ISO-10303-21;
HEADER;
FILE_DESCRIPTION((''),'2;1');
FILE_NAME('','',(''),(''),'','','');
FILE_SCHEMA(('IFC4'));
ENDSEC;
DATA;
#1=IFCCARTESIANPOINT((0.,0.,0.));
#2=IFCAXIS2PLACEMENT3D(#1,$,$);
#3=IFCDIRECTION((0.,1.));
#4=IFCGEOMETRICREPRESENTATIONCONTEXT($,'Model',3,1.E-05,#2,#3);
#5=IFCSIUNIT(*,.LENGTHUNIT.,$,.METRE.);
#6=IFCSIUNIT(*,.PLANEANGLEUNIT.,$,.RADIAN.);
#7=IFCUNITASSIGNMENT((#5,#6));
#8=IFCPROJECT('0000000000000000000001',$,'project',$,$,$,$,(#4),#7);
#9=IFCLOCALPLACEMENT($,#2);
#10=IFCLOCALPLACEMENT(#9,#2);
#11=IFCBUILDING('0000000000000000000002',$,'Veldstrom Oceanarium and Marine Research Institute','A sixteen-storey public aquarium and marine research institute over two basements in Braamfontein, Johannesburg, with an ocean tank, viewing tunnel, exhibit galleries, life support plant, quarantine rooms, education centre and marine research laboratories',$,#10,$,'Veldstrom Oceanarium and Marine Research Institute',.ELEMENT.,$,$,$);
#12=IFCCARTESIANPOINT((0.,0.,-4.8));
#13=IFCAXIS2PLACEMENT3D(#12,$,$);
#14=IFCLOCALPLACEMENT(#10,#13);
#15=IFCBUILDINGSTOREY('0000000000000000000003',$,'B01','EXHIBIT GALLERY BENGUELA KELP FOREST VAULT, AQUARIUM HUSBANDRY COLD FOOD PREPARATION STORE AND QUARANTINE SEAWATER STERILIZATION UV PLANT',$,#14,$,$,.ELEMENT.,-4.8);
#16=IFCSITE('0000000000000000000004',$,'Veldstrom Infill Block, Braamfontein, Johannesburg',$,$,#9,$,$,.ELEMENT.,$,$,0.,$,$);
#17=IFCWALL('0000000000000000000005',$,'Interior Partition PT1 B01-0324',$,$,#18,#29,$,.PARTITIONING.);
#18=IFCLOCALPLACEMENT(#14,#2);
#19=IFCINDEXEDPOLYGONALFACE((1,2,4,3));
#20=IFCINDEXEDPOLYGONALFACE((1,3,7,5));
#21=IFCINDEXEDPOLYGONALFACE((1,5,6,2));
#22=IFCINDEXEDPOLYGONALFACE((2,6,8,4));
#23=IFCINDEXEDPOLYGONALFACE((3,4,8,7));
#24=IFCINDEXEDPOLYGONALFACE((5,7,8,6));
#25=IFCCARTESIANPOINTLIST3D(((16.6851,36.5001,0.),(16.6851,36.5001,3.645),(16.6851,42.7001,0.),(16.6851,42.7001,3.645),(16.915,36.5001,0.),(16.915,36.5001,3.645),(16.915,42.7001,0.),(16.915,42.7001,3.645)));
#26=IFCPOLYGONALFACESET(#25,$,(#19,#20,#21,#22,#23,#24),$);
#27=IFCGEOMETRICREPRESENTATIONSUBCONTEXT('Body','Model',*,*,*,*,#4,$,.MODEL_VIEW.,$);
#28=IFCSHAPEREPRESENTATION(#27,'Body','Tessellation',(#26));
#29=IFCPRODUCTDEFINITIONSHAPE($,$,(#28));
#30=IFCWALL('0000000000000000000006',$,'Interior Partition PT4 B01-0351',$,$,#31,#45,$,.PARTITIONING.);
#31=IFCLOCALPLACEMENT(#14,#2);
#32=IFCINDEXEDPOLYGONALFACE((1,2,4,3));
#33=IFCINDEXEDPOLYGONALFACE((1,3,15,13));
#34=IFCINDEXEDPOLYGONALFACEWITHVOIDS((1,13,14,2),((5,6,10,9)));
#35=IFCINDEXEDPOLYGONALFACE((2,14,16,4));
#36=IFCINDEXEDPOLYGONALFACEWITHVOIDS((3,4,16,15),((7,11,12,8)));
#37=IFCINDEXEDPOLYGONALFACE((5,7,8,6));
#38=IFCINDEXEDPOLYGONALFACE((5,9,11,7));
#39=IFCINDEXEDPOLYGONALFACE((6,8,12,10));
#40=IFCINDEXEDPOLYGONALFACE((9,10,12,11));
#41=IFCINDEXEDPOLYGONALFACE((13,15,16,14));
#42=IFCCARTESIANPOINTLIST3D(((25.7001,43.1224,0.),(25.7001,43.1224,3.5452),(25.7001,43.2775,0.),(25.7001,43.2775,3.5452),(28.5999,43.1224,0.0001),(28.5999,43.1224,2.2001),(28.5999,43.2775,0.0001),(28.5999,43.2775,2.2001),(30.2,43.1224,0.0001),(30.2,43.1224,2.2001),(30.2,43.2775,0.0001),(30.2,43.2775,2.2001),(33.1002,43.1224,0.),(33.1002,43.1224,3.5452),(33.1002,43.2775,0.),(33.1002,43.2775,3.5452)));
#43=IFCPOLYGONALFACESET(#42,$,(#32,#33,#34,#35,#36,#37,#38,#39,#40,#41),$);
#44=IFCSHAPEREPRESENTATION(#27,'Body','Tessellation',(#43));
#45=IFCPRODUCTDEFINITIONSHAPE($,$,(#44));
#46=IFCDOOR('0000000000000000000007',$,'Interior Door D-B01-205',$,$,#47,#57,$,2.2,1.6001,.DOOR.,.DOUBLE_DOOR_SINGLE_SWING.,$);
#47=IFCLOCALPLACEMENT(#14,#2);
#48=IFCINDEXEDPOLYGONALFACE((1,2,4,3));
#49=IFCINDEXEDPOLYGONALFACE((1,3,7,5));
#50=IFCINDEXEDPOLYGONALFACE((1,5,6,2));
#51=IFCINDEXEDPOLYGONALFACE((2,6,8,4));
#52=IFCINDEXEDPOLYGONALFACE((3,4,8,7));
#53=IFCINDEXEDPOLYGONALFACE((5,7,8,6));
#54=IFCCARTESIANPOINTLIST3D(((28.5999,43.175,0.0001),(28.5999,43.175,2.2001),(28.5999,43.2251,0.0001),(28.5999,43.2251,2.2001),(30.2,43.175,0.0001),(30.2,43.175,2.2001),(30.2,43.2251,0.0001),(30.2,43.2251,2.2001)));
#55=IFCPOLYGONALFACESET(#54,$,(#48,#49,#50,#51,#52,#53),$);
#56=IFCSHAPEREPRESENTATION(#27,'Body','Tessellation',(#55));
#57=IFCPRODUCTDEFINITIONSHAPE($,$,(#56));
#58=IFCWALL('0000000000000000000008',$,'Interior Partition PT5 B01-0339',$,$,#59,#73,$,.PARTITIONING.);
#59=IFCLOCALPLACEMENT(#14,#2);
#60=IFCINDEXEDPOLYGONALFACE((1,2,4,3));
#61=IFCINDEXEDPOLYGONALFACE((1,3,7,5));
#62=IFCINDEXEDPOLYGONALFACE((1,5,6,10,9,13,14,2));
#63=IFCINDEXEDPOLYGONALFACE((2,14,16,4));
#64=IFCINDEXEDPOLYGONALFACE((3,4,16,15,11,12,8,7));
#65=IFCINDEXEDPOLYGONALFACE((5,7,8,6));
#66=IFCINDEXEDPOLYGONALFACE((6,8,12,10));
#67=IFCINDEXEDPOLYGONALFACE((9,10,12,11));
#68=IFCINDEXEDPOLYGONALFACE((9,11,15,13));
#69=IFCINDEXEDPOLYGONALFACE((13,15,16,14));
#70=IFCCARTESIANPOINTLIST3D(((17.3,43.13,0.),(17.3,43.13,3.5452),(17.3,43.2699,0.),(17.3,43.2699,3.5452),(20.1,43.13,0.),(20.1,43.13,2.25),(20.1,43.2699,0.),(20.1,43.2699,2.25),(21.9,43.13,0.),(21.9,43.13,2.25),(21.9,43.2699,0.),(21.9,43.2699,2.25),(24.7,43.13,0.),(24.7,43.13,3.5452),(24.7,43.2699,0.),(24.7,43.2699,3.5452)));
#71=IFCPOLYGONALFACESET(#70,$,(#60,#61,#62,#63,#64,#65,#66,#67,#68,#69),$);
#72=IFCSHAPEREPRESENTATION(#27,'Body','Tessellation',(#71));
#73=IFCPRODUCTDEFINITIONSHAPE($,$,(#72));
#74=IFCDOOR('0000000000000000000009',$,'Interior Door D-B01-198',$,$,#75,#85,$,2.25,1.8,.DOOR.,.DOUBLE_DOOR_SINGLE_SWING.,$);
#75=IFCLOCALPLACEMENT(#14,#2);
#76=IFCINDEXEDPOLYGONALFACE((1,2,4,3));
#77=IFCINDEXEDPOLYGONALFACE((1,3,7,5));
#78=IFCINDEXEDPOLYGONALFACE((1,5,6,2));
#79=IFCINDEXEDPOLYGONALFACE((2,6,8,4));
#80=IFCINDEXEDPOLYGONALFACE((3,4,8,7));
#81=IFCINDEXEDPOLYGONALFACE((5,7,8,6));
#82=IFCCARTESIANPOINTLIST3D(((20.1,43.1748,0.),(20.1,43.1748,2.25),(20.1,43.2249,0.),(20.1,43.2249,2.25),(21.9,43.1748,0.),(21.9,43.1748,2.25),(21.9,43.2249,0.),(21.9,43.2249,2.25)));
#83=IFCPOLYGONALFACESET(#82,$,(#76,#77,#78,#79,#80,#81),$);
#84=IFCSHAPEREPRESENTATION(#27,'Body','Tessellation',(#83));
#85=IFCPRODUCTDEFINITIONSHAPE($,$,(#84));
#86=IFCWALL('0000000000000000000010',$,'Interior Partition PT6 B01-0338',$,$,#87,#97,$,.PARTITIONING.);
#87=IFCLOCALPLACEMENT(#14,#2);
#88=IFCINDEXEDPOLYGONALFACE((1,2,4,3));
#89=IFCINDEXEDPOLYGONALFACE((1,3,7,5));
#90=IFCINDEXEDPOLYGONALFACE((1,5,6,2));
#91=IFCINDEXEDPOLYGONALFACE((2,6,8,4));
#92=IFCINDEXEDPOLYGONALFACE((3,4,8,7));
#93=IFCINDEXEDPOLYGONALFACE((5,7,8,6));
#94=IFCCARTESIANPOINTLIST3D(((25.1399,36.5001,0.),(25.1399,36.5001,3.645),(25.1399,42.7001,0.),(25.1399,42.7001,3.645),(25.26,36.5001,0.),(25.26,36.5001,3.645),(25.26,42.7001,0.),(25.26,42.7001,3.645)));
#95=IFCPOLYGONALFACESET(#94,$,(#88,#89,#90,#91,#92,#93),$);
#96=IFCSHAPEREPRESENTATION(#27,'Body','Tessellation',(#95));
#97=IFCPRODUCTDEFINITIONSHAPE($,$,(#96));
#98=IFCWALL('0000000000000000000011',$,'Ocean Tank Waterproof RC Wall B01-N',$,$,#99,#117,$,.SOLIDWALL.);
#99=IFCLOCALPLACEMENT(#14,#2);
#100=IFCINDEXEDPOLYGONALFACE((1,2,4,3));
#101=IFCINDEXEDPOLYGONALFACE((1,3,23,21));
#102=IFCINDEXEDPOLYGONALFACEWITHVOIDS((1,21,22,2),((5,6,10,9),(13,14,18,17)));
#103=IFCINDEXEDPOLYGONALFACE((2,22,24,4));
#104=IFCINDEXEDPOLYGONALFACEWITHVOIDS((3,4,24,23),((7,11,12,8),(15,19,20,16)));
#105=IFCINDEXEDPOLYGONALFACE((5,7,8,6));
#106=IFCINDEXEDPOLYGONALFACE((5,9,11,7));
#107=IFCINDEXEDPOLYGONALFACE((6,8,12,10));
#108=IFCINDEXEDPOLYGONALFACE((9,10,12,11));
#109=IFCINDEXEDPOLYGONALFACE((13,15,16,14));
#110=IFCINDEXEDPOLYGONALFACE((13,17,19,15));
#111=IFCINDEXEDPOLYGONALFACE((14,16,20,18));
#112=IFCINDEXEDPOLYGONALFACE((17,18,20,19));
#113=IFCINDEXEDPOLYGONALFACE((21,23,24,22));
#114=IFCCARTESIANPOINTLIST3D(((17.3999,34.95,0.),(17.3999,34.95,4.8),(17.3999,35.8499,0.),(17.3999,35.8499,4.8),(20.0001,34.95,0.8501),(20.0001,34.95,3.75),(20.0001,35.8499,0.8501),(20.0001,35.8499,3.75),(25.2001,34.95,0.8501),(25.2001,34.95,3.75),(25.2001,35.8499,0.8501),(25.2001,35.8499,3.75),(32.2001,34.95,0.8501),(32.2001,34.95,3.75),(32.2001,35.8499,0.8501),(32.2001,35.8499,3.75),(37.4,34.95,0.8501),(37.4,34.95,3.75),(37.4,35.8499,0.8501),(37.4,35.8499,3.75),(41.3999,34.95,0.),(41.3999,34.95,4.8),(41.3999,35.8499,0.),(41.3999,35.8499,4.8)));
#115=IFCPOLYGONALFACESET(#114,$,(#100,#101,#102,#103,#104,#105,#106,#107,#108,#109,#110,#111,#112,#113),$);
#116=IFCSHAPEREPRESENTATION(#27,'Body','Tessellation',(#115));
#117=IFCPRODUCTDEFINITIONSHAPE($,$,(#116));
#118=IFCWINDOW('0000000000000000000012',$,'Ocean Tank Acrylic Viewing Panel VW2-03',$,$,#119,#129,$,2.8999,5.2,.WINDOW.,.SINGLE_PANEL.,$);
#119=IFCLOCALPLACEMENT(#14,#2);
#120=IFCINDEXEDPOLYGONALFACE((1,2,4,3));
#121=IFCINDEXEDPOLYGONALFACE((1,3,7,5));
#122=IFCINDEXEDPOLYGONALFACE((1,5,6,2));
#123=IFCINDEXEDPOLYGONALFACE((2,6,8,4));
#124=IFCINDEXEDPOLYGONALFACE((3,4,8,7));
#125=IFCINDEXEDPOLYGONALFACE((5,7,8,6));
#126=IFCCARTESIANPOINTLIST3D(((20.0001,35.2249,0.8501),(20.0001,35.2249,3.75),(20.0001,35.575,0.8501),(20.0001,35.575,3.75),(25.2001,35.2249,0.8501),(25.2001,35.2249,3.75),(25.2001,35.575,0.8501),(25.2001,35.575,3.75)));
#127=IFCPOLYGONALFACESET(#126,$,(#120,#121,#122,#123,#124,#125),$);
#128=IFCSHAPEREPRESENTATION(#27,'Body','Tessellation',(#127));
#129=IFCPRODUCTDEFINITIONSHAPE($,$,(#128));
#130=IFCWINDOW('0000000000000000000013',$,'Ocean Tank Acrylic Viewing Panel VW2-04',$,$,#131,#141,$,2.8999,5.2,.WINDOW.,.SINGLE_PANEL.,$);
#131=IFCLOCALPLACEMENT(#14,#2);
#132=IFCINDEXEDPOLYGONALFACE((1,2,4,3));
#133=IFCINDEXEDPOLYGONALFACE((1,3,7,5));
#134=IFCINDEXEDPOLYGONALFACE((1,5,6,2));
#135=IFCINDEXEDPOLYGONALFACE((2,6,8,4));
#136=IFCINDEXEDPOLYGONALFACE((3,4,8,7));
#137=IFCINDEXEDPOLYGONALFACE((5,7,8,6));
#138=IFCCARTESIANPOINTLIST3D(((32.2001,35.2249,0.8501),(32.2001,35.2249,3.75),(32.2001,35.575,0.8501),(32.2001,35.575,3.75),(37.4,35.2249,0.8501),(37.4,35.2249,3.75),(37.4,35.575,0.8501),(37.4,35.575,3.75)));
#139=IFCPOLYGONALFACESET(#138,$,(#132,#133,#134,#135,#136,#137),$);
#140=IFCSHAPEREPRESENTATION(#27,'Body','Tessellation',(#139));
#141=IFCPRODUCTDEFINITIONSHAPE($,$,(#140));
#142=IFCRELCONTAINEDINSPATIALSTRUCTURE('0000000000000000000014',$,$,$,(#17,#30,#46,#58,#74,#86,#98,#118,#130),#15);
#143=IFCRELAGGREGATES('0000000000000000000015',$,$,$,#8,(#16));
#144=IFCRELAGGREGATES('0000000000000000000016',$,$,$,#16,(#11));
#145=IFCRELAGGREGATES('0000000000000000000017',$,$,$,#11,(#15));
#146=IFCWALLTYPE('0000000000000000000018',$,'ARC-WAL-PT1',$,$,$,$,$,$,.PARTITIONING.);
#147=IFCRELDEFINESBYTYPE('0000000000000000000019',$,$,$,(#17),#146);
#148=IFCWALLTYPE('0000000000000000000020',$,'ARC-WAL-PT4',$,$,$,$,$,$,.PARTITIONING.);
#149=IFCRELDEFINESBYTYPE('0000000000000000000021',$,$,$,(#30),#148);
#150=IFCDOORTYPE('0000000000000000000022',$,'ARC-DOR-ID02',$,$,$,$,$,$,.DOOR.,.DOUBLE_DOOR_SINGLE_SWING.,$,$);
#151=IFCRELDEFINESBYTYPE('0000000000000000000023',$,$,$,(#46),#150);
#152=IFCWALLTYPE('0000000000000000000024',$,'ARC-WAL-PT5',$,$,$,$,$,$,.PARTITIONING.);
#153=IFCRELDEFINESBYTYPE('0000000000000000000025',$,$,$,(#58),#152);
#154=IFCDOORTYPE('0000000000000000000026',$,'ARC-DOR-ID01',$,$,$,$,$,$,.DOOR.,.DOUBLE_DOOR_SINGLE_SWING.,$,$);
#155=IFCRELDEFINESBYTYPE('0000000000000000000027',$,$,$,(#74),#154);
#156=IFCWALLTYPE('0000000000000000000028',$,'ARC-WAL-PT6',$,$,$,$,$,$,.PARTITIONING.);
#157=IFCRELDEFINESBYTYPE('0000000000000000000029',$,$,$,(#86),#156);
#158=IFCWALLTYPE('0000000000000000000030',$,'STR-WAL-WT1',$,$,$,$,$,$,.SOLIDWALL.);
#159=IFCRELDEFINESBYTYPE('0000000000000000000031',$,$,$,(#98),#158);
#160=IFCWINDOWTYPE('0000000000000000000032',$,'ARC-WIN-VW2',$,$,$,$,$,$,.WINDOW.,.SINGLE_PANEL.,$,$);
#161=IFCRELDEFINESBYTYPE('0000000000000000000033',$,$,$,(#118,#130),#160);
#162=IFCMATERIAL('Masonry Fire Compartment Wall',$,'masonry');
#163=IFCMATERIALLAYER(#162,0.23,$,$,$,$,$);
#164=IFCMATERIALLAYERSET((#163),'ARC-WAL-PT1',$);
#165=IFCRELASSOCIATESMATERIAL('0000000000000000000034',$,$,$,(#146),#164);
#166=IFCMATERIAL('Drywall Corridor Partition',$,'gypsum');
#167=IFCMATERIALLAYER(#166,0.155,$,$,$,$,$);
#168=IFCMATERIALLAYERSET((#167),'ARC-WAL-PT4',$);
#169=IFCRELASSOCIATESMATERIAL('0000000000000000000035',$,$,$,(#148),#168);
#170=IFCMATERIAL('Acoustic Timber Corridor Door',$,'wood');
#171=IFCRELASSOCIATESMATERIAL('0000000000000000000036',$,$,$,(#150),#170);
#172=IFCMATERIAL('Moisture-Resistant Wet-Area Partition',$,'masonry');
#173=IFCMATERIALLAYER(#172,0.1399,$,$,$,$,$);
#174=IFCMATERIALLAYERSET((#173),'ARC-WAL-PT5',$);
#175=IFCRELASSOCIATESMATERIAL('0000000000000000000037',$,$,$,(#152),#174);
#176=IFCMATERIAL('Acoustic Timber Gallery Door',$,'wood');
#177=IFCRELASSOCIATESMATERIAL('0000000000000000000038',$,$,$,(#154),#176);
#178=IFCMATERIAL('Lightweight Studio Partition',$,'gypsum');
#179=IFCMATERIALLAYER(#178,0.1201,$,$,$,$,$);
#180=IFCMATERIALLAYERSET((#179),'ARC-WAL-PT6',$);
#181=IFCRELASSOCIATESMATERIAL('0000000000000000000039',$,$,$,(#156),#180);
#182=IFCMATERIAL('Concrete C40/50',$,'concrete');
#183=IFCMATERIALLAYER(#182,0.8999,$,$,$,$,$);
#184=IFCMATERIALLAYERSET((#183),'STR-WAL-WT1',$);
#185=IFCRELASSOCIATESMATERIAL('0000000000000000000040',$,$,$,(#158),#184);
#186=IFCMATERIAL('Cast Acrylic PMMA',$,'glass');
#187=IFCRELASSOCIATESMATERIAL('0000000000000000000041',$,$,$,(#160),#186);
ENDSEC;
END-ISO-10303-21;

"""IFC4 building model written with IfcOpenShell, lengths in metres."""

from ifc_helpers import new_model, si_unit, direction, frame, frame_2d, origin, place, context, subcontext, project, spatial, rectangle, extrude, material, layer, layer_set, type_object, element, fill, save


model = new_model("IFC4")

# Units and contexts
model_context = context("Model", 3, precision=1e-05, world=origin(), true_north=direction((0.0, 1.0)))
body_context = subcontext(model_context, "Body", "Model", "MODEL_VIEW")
ifc_project = project(units=[si_unit("LENGTHUNIT", "METRE"), si_unit("PLANEANGLEUNIT", "RADIAN")], contexts=[model_context])

# Site, building, storey
site_placement = place(None, origin())
site = spatial("IfcSite", under=ifc_project, at=site_placement, Name="Veldstrom Infill Block, Braamfontein, Johannesburg", CompositionType="ELEMENT", RefElevation=0.0)
building_placement = place(site_placement, origin())
building = spatial("IfcBuilding", under=site, at=building_placement, Name="Veldstrom Oceanarium and Marine Research Institute", Description="A sixteen-storey public aquarium and marine research institute over two basements in Braamfontein, Johannesburg, with an ocean tank, viewing tunnel, exhibit galleries, life support plant, quarantine rooms, education centre and marine research laboratories", LongName="Veldstrom Oceanarium and Marine Research Institute", CompositionType="ELEMENT")
storey_placement = place(building_placement, frame((0.0, 0.0, -4.8)))
storey = spatial("IfcBuildingStorey", under=building, at=storey_placement, Name="B01", Description="EXHIBIT GALLERY BENGUELA KELP FOREST VAULT, AQUARIUM HUSBANDRY COLD FOOD PREPARATION STORE AND QUARANTINE SEAWATER STERILIZATION UV PLANT", CompositionType="ELEMENT", Elevation=-4.8)

# Wall
ifc_material_1 = material(Name="Masonry Fire Compartment Wall", Category="masonry")
ifc_layer_1 = layer(ifc_material_1, 0.23)
ifc_layer_set_1 = layer_set([ifc_layer_1], Name="ARC-WAL-PT1")
wall_type_1 = type_object("IfcWallType", Name="ARC-WAL-PT1", PredefinedType="PARTITIONING", material=ifc_layer_set_1)
wall_1_placement = place(storey_placement, frame((16.8, 36.5, 0.0), z_axis=(0.0, 0.0, 1.0), x_axis=(0.0, 1.0, 0.0)))
element("IfcWall", 1, at=wall_1_placement, inside=storey, type_object=wall_type_1, Name="Interior Partition PT1 B01-0324", PredefinedType="PARTITIONING", context=body_context, shape_type="SweptSolid", body=[
    extrude(rectangle(XDim=6.2, YDim=0.23, at=frame_2d((3.1001, 0.0))), origin(), (0.0, 0.0, 1.0), 3.645),
])

# Walls, openings, doors
ifc_material_2 = material(Name="Drywall Corridor Partition", Category="gypsum")
ifc_layer_2 = layer(ifc_material_2, 0.155)
ifc_layer_set_2 = layer_set([ifc_layer_2], Name="ARC-WAL-PT4")
wall_type_2 = type_object("IfcWallType", Name="ARC-WAL-PT4", PredefinedType="PARTITIONING", material=ifc_layer_set_2)
wall_2_placement = place(storey_placement, frame((25.7, 43.2, 0.0), z_axis=(0.0, 0.0, 1.0), x_axis=(1.0, 0.0, 0.0)))
wall_2 = element("IfcWall", 2, at=wall_2_placement, inside=storey, type_object=wall_type_2, Name="Interior Partition PT4 B01-0351", PredefinedType="PARTITIONING", context=body_context, shape_type="SweptSolid", body=[
    extrude(rectangle(XDim=7.4001, YDim=0.155, at=frame_2d((3.7002, 0.0))), origin(), (0.0, 0.0, 1.0), 3.5452),
])
opening_1_placement = place(wall_2_placement, frame((2.8999, 0.0, 0.0)))
opening_1 = element("IfcOpeningElement", 3, at=opening_1_placement, cuts=wall_2, PredefinedType="OPENING", context=body_context, shape_type="SweptSolid", body=[
    extrude(rectangle(XDim=1.6001, YDim=2.2, at=frame_2d((0.8, 1.1001))), frame((0.0, 0.0874, 0.0), z_axis=(0.0, -1.0, 0.0), x_axis=(1.0, 0.0, 0.0)), (0.0, 0.0, 1.0), 0.175),
])
ifc_material_3 = material(Name="Acoustic Timber Corridor Door", Category="wood")
door_type_1 = type_object("IfcDoorType", Name="ARC-DOR-ID02", OperationType="DOUBLE_DOOR_SINGLE_SWING", PredefinedType="DOOR", material=ifc_material_3)
door_1_placement = place(opening_1_placement, frame((1.6001, 0.0, 0.0), z_axis=(0.0, 0.0, 1.0), x_axis=(-1.0, 0.0, 0.0)))
door_1 = element("IfcDoor", 4, at=door_1_placement, inside=storey, type_object=door_type_1, Name="Interior Door D-B01-205", OperationType="DOUBLE_DOOR_SINGLE_SWING", OverallHeight=2.2, OverallWidth=1.6001, PredefinedType="DOOR", context=body_context, shape_type="SweptSolid", body=[
    extrude(rectangle(XDim=1.6001, YDim=2.2, at=frame_2d((0.8, 1.1001))), frame((0.0, 0.0249, 0.0), z_axis=(0.0, -1.0, 0.0), x_axis=(1.0, 0.0, 0.0)), (0.0, 0.0, 1.0), 0.05),
])
fill(opening_1, door_1)
ifc_material_4 = material(Name="Moisture-Resistant Wet-Area Partition", Category="masonry")
ifc_layer_3 = layer(ifc_material_4, 0.1399)
ifc_layer_set_3 = layer_set([ifc_layer_3], Name="ARC-WAL-PT5")
wall_type_3 = type_object("IfcWallType", Name="ARC-WAL-PT5", PredefinedType="PARTITIONING", material=ifc_layer_set_3)
wall_3_placement = place(storey_placement, frame((17.3, 43.2, 0.0), z_axis=(0.0, 0.0, 1.0), x_axis=(1.0, 0.0, 0.0)))
wall_3 = element("IfcWall", 5, at=wall_3_placement, inside=storey, type_object=wall_type_3, Name="Interior Partition PT5 B01-0339", PredefinedType="PARTITIONING", context=body_context, shape_type="SweptSolid", body=[
    extrude(rectangle(XDim=7.3999, YDim=0.1399, at=frame_2d((3.7, 0.0))), origin(), (0.0, 0.0, 1.0), 3.5452),
])
opening_2_placement = place(wall_3_placement, frame((2.8, 0.0, 0.0)))
opening_2 = element("IfcOpeningElement", 6, at=opening_2_placement, cuts=wall_3, PredefinedType="OPENING", context=body_context, shape_type="SweptSolid", body=[
    extrude(rectangle(XDim=1.8, YDim=2.25, at=frame_2d((0.8999, 1.125))), frame((0.0, 0.0798, 0.0), z_axis=(0.0, -1.0, 0.0), x_axis=(1.0, 0.0, 0.0)), (0.0, 0.0, 1.0), 0.1599),
])
ifc_material_5 = material(Name="Acoustic Timber Gallery Door", Category="wood")
door_type_2 = type_object("IfcDoorType", Name="ARC-DOR-ID01", OperationType="DOUBLE_DOOR_SINGLE_SWING", PredefinedType="DOOR", material=ifc_material_5)
door_2_placement = place(opening_2_placement, origin())
door_2 = element("IfcDoor", 7, at=door_2_placement, inside=storey, type_object=door_type_2, Name="Interior Door D-B01-198", OperationType="DOUBLE_DOOR_SINGLE_SWING", OverallHeight=2.25, OverallWidth=1.8, PredefinedType="DOOR", context=body_context, shape_type="SweptSolid", body=[
    extrude(rectangle(XDim=1.8, YDim=2.25, at=frame_2d((0.8999, 1.125))), frame((0.0, 0.0249, 0.0), z_axis=(0.0, -1.0, 0.0), x_axis=(1.0, 0.0, 0.0)), (0.0, 0.0, 1.0), 0.05),
])
fill(opening_2, door_2)

# Wall
ifc_material_6 = material(Name="Lightweight Studio Partition", Category="gypsum")
ifc_layer_4 = layer(ifc_material_6, 0.1201)
ifc_layer_set_4 = layer_set([ifc_layer_4], Name="ARC-WAL-PT6")
wall_type_4 = type_object("IfcWallType", Name="ARC-WAL-PT6", PredefinedType="PARTITIONING", material=ifc_layer_set_4)
wall_4_placement = place(storey_placement, frame((25.2, 36.5, 0.0), z_axis=(0.0, 0.0, 1.0), x_axis=(0.0, 1.0, 0.0)))
element("IfcWall", 8, at=wall_4_placement, inside=storey, type_object=wall_type_4, Name="Interior Partition PT6 B01-0338", PredefinedType="PARTITIONING", context=body_context, shape_type="SweptSolid", body=[
    extrude(rectangle(XDim=6.2, YDim=0.1201, at=frame_2d((3.1001, 0.0))), origin(), (0.0, 0.0, 1.0), 3.645),
])

# Wall, openings, windows
ifc_material_7 = material(Name="Concrete C40/50", Category="concrete")
ifc_layer_5 = layer(ifc_material_7, 0.8999)
ifc_layer_set_5 = layer_set([ifc_layer_5], Name="STR-WAL-WT1")
wall_type_5 = type_object("IfcWallType", Name="STR-WAL-WT1", PredefinedType="SOLIDWALL", material=ifc_layer_set_5)
wall_5_placement = place(storey_placement, frame((17.3999, 35.3999, 0.0), z_axis=(0.0, 0.0, 1.0), x_axis=(1.0, 0.0, 0.0)))
wall_5 = element("IfcWall", 9, at=wall_5_placement, inside=storey, type_object=wall_type_5, Name="Ocean Tank Waterproof RC Wall B01-N", PredefinedType="SOLIDWALL", context=body_context, shape_type="SweptSolid", body=[
    extrude(rectangle(XDim=24.0, YDim=0.8999, at=frame_2d((12.0, 0.0))), origin(), (0.0, 0.0, 1.0), 4.8),
])
opening_3_placement = place(wall_5_placement, frame((2.6001, 0.0, 0.8501)))
opening_3 = element("IfcOpeningElement", 10, at=opening_3_placement, cuts=wall_5, PredefinedType="OPENING", context=body_context, shape_type="SweptSolid", body=[
    extrude(rectangle(XDim=5.2, YDim=2.8999, at=frame_2d((2.6001, 1.45))), frame((0.0, 0.46, 0.0), z_axis=(0.0, -1.0, 0.0), x_axis=(1.0, 0.0, 0.0)), (0.0, 0.0, 1.0), 0.9199),
])
opening_4_placement = place(wall_5_placement, frame((14.8, 0.0, 0.8501)))
opening_4 = element("IfcOpeningElement", 11, at=opening_4_placement, cuts=wall_5, PredefinedType="OPENING", context=body_context, shape_type="SweptSolid", body=[
    extrude(rectangle(XDim=5.2, YDim=2.8999, at=frame_2d((2.6001, 1.45))), frame((0.0, 0.46, 0.0), z_axis=(0.0, -1.0, 0.0), x_axis=(1.0, 0.0, 0.0)), (0.0, 0.0, 1.0), 0.9199),
])
ifc_material_8 = material(Name="Cast Acrylic PMMA", Category="glass")
window_type = type_object("IfcWindowType", Name="ARC-WIN-VW2", PartitioningType="SINGLE_PANEL", PredefinedType="WINDOW", material=ifc_material_8)
window_1_placement = place(opening_3_placement, origin())
window_1 = element("IfcWindow", 12, at=window_1_placement, inside=storey, type_object=window_type, Name="Ocean Tank Acrylic Viewing Panel VW2-03", OverallHeight=2.8999, OverallWidth=5.2, PartitioningType="SINGLE_PANEL", PredefinedType="WINDOW", context=body_context, shape_type="SweptSolid", body=[
    extrude(rectangle(XDim=5.2, YDim=2.8999, at=frame_2d((2.6001, 1.45))), frame((0.0, 0.175, 0.0), z_axis=(0.0, -1.0, 0.0), x_axis=(1.0, 0.0, 0.0)), (0.0, 0.0, 1.0), 0.3501),
])
fill(opening_3, window_1)
window_2_placement = place(opening_4_placement, origin())
window_2 = element("IfcWindow", 13, at=window_2_placement, inside=storey, type_object=window_type, Name="Ocean Tank Acrylic Viewing Panel VW2-04", OverallHeight=2.8999, OverallWidth=5.2, PartitioningType="SINGLE_PANEL", PredefinedType="WINDOW", context=body_context, shape_type="SweptSolid", body=[
    extrude(rectangle(XDim=5.2, YDim=2.8999, at=frame_2d((2.6001, 1.45))), frame((0.0, 0.175, 0.0), z_axis=(0.0, -1.0, 0.0), x_axis=(1.0, 0.0, 0.0)), (0.0, 0.0, 1.0), 0.3501),
])
fill(opening_4, window_2)

save(model, "model.ifc")
